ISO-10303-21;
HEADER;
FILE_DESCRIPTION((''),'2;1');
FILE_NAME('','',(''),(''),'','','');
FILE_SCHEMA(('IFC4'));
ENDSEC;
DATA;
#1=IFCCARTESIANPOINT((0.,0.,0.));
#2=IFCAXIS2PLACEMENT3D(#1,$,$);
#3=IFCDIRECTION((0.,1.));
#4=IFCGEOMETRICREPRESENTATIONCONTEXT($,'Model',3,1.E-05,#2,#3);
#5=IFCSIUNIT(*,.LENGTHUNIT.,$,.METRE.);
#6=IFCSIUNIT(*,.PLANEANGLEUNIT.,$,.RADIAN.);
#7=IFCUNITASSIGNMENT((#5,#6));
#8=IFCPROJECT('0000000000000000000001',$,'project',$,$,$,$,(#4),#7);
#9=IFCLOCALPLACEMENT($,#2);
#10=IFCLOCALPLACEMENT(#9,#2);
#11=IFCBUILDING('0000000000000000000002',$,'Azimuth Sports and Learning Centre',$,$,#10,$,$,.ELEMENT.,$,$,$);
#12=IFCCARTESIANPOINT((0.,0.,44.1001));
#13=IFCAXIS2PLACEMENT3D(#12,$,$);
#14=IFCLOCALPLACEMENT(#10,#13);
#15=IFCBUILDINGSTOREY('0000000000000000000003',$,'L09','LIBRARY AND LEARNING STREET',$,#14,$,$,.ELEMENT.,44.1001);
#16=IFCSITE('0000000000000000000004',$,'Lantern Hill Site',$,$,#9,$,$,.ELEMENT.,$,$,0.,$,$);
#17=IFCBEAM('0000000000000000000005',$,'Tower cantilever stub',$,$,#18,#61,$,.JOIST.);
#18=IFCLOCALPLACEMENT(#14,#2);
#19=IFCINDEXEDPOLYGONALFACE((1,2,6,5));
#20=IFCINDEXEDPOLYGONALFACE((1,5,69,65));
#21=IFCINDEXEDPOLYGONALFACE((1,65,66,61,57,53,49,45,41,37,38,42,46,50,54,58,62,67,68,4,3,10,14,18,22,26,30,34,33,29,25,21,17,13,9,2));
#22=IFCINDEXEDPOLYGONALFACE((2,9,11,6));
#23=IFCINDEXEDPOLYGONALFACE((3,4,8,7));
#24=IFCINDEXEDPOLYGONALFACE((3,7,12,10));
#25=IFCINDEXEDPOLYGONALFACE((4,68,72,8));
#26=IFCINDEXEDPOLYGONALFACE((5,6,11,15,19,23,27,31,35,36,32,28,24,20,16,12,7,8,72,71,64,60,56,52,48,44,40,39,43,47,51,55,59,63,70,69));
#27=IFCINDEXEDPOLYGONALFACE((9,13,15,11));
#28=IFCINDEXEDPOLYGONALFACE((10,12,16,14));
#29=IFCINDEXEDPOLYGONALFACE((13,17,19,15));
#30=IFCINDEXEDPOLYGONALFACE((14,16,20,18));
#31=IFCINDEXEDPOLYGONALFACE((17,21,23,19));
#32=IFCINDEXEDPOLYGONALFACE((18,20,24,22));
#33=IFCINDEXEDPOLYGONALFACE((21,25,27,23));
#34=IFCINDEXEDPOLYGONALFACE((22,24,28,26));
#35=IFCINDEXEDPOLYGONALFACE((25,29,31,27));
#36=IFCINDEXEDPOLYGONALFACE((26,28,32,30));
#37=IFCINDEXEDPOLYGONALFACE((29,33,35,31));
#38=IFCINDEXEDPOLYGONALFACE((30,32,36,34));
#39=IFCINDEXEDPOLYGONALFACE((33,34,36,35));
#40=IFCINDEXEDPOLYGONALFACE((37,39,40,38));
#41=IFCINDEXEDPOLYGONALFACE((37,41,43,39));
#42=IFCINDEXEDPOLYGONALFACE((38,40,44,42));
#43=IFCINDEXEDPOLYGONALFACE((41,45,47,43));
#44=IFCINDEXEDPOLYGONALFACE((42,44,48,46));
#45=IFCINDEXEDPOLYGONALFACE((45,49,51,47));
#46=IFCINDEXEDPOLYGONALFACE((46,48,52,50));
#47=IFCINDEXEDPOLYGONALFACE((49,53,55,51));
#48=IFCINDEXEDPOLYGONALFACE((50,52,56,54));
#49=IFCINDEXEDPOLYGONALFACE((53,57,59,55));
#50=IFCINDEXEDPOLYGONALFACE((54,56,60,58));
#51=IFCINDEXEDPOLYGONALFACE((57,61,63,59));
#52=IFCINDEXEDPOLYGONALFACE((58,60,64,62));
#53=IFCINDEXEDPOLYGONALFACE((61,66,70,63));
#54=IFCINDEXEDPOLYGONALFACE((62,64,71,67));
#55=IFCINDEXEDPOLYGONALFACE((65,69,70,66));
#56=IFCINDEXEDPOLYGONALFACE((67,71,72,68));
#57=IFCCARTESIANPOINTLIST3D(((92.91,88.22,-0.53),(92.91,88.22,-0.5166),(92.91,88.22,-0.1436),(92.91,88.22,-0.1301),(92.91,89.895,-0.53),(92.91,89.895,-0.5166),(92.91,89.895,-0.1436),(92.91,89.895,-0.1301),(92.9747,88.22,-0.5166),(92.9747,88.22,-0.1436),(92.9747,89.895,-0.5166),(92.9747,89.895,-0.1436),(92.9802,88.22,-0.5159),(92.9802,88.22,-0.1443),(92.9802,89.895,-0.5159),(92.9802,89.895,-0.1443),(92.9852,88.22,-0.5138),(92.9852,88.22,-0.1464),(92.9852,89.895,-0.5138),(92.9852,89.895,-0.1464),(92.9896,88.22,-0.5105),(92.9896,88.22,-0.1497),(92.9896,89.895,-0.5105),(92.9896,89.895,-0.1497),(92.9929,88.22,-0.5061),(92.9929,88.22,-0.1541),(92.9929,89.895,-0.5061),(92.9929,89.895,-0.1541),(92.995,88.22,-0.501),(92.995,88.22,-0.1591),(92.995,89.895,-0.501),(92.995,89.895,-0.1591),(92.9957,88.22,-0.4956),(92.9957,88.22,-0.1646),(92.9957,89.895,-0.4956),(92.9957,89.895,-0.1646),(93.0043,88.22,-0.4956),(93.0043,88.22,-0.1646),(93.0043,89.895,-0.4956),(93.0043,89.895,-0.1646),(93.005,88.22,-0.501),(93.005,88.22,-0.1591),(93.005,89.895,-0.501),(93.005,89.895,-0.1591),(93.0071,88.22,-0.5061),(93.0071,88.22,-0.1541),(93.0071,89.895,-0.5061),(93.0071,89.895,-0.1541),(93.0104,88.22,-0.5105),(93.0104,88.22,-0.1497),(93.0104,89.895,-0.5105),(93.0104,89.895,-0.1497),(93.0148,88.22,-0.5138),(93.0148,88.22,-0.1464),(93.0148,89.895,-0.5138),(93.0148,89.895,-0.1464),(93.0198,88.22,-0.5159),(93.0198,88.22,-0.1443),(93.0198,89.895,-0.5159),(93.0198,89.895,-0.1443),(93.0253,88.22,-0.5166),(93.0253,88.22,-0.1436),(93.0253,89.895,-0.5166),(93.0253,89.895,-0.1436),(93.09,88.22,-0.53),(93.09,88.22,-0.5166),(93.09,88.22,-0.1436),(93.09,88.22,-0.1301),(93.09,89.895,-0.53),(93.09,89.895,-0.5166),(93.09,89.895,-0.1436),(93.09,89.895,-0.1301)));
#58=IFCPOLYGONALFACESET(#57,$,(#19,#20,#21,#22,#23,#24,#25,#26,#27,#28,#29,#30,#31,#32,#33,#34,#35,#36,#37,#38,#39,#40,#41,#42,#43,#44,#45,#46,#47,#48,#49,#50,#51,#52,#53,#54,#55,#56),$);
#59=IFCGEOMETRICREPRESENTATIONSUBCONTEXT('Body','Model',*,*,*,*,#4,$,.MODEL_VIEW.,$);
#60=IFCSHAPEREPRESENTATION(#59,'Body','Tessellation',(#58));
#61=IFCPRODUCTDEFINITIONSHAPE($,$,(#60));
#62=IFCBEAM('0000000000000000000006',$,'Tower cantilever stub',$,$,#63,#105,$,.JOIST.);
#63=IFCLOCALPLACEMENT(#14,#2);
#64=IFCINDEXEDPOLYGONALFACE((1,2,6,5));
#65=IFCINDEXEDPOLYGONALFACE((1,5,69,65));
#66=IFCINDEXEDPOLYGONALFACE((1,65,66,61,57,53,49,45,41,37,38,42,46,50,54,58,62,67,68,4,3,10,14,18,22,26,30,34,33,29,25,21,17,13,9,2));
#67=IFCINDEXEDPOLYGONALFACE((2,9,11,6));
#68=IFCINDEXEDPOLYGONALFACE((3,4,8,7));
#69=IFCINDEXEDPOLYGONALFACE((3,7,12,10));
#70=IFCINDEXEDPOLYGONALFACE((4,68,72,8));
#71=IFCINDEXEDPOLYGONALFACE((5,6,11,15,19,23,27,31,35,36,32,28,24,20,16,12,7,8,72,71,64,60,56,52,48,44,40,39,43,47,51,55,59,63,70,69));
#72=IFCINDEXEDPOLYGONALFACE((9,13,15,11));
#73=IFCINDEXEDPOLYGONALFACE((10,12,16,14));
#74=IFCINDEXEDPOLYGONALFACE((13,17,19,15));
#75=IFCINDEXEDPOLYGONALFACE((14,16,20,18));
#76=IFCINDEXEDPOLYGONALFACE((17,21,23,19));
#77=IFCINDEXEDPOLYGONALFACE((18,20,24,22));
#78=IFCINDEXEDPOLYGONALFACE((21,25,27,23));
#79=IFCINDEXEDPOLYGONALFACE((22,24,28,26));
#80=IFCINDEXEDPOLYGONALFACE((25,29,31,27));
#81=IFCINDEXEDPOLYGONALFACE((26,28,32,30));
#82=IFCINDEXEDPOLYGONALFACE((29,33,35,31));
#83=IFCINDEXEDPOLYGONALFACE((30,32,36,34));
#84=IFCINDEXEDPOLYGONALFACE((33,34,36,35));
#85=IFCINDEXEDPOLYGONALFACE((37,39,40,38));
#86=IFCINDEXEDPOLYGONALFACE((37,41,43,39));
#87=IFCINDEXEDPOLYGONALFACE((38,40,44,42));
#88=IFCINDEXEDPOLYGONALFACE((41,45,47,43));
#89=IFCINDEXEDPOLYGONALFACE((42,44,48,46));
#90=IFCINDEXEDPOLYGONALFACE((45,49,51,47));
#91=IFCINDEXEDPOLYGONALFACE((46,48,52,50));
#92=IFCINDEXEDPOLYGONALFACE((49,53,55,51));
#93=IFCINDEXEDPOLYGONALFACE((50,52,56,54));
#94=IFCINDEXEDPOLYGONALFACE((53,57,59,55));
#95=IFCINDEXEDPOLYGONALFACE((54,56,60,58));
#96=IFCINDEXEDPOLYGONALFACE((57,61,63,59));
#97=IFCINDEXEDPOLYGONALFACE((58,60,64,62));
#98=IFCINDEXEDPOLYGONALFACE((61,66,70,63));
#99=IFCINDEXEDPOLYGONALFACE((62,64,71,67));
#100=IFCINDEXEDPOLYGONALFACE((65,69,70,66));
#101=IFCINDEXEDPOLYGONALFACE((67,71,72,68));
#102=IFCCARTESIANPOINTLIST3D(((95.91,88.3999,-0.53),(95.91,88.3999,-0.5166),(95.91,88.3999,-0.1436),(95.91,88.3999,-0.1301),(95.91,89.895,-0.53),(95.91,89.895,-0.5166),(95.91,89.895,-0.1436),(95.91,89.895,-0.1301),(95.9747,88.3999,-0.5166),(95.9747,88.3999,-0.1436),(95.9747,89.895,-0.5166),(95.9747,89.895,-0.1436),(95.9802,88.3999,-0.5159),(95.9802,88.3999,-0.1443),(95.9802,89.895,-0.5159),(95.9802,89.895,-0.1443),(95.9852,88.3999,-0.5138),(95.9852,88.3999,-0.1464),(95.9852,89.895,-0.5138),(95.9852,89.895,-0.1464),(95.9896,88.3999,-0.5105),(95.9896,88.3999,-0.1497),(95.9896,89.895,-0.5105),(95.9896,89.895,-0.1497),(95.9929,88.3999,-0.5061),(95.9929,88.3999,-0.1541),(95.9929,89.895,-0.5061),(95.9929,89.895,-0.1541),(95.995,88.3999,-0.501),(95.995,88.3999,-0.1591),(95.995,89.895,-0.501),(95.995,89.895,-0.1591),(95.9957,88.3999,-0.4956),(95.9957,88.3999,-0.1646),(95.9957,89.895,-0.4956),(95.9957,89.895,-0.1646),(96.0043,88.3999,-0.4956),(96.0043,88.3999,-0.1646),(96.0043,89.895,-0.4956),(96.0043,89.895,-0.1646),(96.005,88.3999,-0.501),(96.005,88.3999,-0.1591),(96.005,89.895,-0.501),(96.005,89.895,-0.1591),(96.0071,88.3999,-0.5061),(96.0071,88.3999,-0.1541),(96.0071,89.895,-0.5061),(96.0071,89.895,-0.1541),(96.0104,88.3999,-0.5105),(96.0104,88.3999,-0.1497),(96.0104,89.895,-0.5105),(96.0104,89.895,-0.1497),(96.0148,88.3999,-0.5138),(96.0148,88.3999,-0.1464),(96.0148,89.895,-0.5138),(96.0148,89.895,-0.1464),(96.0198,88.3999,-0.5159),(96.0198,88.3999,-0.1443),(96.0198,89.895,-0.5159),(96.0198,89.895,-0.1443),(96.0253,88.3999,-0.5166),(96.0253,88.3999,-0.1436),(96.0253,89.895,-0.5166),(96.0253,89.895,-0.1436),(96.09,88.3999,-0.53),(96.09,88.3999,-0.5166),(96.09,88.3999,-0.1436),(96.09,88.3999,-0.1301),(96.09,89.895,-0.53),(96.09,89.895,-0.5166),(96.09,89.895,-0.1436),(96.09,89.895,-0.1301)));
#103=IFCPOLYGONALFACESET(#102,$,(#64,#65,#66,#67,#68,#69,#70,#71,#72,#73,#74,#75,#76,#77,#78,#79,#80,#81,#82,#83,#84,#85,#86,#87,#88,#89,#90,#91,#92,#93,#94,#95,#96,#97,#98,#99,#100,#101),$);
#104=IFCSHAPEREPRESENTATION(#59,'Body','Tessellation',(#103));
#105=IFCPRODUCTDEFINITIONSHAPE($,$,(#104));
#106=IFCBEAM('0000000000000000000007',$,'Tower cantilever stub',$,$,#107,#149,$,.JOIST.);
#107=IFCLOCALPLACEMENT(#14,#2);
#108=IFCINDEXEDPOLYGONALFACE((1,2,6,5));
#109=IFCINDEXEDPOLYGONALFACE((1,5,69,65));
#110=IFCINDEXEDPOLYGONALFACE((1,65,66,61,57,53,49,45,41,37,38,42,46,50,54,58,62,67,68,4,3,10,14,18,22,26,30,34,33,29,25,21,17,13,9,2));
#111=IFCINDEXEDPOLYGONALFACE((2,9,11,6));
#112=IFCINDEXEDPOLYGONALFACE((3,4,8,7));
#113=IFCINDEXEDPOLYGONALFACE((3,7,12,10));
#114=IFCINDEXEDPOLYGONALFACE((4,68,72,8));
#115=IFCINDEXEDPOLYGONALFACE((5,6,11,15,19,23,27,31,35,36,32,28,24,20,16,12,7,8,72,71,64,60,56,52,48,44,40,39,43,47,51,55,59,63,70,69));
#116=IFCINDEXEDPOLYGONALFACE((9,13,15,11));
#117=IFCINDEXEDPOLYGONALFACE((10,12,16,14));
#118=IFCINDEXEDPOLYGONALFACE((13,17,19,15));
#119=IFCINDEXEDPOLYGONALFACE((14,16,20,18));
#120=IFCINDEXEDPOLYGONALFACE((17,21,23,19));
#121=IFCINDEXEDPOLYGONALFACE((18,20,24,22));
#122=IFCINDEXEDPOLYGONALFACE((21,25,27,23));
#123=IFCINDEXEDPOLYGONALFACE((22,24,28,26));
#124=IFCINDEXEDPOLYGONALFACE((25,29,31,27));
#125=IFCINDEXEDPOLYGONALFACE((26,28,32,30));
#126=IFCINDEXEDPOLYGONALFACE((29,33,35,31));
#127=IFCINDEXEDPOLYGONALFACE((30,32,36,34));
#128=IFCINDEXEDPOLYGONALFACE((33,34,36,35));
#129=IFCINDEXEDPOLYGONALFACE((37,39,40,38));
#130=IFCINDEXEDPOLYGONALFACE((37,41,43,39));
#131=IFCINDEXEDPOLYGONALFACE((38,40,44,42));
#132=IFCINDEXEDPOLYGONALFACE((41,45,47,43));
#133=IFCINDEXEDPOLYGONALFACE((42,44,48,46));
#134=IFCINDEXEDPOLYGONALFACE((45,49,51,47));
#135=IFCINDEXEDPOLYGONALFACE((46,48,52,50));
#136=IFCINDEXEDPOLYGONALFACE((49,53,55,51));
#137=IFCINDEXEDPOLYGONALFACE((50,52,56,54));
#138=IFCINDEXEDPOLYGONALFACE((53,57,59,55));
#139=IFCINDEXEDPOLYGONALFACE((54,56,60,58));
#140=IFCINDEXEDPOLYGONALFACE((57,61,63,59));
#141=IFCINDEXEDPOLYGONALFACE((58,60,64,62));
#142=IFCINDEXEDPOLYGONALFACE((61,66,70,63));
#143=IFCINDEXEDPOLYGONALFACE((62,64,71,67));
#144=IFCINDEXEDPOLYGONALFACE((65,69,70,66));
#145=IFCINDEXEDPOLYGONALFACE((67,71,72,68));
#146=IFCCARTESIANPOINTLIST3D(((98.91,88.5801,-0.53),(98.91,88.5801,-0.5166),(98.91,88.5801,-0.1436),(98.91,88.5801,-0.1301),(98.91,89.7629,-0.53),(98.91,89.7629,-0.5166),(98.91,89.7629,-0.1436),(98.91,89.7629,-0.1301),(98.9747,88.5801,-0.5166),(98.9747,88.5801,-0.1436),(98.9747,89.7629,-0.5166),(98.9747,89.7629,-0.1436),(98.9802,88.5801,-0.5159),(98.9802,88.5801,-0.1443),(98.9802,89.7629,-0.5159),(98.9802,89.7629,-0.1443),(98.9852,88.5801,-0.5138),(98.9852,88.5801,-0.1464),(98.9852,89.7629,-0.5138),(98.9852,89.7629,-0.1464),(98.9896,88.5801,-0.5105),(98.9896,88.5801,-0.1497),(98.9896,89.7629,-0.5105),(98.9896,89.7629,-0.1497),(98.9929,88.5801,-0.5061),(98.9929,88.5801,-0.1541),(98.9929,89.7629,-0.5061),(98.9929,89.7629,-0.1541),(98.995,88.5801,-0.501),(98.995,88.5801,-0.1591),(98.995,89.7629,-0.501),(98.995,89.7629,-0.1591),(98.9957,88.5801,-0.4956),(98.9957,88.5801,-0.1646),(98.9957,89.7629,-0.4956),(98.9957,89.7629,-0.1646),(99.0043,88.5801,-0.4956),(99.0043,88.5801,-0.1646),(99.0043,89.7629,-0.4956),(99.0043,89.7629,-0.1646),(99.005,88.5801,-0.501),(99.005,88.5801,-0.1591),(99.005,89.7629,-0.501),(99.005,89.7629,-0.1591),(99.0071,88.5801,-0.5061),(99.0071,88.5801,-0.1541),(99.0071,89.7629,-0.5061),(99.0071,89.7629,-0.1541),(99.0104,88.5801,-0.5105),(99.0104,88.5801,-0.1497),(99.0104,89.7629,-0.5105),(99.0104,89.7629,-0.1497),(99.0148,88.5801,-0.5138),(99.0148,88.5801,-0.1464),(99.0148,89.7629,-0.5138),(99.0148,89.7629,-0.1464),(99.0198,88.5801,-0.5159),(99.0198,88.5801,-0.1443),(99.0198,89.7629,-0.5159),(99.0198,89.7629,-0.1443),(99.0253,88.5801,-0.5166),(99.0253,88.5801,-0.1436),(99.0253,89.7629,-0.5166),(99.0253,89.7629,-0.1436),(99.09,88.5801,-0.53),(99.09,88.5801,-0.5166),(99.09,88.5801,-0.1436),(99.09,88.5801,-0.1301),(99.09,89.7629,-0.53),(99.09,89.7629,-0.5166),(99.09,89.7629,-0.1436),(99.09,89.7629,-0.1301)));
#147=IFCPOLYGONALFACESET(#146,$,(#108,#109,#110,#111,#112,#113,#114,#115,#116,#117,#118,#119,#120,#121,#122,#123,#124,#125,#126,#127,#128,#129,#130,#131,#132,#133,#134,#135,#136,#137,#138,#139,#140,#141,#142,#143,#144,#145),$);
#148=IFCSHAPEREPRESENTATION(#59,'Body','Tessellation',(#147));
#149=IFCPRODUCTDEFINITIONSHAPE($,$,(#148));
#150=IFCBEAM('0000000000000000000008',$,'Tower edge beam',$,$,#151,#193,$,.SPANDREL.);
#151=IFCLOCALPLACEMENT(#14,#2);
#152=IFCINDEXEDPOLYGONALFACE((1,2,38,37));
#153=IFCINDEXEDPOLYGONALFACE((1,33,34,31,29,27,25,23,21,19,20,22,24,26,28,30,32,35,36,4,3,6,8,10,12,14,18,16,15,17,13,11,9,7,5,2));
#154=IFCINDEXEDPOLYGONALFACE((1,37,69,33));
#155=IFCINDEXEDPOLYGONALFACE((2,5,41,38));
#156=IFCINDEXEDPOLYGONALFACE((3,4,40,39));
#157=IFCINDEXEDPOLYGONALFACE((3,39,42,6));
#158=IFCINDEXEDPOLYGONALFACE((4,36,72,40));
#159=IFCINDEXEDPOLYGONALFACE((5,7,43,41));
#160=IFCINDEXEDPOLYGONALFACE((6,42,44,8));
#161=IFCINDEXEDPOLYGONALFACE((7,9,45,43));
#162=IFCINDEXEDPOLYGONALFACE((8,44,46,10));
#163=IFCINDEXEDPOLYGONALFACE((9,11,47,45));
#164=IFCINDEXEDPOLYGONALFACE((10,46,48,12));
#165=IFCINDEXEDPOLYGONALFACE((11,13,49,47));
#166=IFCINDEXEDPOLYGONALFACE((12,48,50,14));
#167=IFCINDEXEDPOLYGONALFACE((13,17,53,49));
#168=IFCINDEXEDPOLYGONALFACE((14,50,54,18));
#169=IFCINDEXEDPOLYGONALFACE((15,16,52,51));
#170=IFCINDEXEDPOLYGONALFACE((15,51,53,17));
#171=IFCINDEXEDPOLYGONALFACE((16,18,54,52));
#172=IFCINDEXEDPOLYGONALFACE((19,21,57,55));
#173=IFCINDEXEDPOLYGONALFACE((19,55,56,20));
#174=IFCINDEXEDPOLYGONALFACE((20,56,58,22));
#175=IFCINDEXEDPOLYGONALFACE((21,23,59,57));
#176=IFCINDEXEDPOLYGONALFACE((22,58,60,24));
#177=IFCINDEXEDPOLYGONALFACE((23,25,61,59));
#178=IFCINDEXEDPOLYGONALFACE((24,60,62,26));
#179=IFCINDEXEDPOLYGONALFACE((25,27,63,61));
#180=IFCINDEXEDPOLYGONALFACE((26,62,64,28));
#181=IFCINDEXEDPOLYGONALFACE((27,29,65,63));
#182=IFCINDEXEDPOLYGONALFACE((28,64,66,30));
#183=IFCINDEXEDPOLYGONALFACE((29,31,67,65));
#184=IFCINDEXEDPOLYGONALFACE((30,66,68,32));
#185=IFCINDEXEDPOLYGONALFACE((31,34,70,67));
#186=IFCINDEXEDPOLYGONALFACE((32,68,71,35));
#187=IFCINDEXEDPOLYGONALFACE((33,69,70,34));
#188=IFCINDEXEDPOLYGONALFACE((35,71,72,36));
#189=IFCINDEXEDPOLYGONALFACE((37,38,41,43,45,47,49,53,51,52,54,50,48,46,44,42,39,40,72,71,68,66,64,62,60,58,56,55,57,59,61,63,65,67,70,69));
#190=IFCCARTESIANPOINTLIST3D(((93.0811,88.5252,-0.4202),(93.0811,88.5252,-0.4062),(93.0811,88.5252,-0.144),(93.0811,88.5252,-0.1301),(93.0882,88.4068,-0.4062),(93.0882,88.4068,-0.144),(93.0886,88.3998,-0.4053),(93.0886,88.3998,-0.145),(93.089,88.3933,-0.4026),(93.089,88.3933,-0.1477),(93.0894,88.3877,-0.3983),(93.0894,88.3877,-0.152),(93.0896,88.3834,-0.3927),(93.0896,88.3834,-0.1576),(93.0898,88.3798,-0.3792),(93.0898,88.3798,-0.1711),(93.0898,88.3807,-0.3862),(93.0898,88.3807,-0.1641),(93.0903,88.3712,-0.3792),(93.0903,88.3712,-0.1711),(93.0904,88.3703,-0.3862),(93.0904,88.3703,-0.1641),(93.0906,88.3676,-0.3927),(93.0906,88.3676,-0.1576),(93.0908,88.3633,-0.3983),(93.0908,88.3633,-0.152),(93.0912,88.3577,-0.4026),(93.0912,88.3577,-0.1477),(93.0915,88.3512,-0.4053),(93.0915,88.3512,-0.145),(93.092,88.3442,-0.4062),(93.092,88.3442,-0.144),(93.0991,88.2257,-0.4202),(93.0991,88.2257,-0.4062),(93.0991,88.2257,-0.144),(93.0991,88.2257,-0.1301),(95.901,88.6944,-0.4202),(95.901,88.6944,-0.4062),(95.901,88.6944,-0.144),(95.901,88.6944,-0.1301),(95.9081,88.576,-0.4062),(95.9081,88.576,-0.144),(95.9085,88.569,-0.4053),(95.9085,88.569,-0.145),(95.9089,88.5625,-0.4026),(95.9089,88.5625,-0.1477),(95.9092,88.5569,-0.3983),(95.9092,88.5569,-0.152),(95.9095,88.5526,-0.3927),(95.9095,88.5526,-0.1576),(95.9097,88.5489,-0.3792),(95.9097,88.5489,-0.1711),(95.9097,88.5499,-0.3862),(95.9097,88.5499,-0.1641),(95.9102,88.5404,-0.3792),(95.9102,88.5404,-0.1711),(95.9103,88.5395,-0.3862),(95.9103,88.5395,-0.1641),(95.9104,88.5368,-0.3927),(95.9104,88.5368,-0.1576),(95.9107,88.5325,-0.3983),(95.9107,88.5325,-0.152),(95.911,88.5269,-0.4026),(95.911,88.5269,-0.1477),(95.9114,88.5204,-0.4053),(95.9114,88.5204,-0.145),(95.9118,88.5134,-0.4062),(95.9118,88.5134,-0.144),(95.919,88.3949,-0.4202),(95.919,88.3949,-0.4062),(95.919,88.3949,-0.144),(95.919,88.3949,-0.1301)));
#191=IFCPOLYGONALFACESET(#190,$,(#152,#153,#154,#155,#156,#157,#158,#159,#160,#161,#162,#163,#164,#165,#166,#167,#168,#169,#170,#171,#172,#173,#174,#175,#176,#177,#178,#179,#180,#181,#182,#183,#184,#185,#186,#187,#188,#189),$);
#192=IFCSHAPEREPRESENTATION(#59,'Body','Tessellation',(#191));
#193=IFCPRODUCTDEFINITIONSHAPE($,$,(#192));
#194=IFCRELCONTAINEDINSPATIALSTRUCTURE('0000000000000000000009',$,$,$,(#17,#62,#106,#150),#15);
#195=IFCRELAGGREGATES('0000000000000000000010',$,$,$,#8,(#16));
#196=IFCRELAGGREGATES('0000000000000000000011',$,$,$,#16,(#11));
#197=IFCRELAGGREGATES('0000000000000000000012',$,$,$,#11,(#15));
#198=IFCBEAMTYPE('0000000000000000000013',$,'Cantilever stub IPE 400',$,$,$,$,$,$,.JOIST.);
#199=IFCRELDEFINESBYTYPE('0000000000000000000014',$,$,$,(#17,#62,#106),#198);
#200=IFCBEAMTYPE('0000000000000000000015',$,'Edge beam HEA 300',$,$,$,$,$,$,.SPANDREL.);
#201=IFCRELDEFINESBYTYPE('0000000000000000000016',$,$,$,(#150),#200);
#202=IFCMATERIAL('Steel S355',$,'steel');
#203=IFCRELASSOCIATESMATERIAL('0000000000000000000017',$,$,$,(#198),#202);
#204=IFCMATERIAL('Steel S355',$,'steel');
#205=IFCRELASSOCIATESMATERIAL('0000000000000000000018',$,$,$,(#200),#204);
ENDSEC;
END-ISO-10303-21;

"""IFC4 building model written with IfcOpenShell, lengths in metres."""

from ifc_helpers import new_model, si_unit, direction, frame, origin, origin_2d, place, context, subcontext, project, spatial, i_section, extrude, material, material_profile, profile_set, type_object, element, save


model = new_model("IFC4")

# Units and contexts
model_context = context("Model", 3, precision=1e-05, world=origin(), true_north=direction((0.0, 1.0)))
body_context = subcontext(model_context, "Body", "Model", "MODEL_VIEW")
ifc_project = project(units=[si_unit("LENGTHUNIT", "METRE"), si_unit("PLANEANGLEUNIT", "RADIAN")], contexts=[model_context])

# Site, building, storey
site_placement = place(None, origin())
site = spatial("IfcSite", under=ifc_project, at=site_placement, Name="Lantern Hill Site", CompositionType="ELEMENT", RefElevation=0.0)
building_placement = place(site_placement, origin())
building = spatial("IfcBuilding", under=site, at=building_placement, Name="Azimuth Sports and Learning Centre", CompositionType="ELEMENT")
storey_placement = place(building_placement, frame((0.0, 0.0, 44.1001)))
storey = spatial("IfcBuildingStorey", under=building, at=storey_placement, Name="L09", Description="LIBRARY AND LEARNING STREET", CompositionType="ELEMENT", Elevation=44.1001)

# Beams
ifc_material_1 = material(Name="Steel S355", Category="steel")
ifc_material_profile_1 = material_profile(ifc_material_1, i_section(OverallWidth=0.1799, OverallDepth=0.3999, WebThickness=0.0085, FlangeThickness=0.0134, FilletRadius=0.021, at=origin_2d()), Name="IPE 400")
ifc_profile_set_1 = profile_set([ifc_material_profile_1], Name="Steel S355")
beam_type_1 = type_object("IfcBeamType", Name="Cantilever stub IPE 400", PredefinedType="JOIST", material=ifc_profile_set_1)
beam_1_placement = place(storey_placement, frame((93.0, 89.895, -0.3301), z_axis=(0.0, -1.0, 0.0), x_axis=(1.0, 0.0, 0.0)))
element("IfcBeam", 1, at=beam_1_placement, inside=storey, type_object=beam_type_1, Name="Tower cantilever stub", PredefinedType="JOIST", context=body_context, shape_type="SweptSolid", body=[
    extrude(i_section(OverallWidth=0.1799, OverallDepth=0.3999, WebThickness=0.0085, FlangeThickness=0.0134, FilletRadius=0.021, at=origin_2d()), origin(), (0.0, 0.0, 1.0), 1.675),
])
beam_2_placement = place(storey_placement, frame((96.0, 89.895, -0.3301), z_axis=(0.0, -1.0, 0.0), x_axis=(1.0, 0.0, 0.0)))
element("IfcBeam", 2, at=beam_2_placement, inside=storey, type_object=beam_type_1, Name="Tower cantilever stub", PredefinedType="JOIST", context=body_context, shape_type="SweptSolid", body=[
    extrude(i_section(OverallWidth=0.1799, OverallDepth=0.3999, WebThickness=0.0085, FlangeThickness=0.0134, FilletRadius=0.021, at=origin_2d()), origin(), (0.0, 0.0, 1.0), 1.4951),
])
beam_3_placement = place(storey_placement, frame((99.0, 89.7629, -0.3301), z_axis=(0.0, -1.0, 0.0), x_axis=(1.0, 0.0, 0.0)))
element("IfcBeam", 3, at=beam_3_placement, inside=storey, type_object=beam_type_1, Name="Tower cantilever stub", PredefinedType="JOIST", context=body_context, shape_type="SweptSolid", body=[
    extrude(i_section(OverallWidth=0.1799, OverallDepth=0.3999, WebThickness=0.0085, FlangeThickness=0.0134, FilletRadius=0.021, at=origin_2d()), origin(), (0.0, 0.0, 1.0), 1.1829),
])
ifc_material_2 = material(Name="Steel S355", Category="steel")
ifc_material_profile_2 = material_profile(ifc_material_2, i_section(OverallWidth=0.3, OverallDepth=0.29, WebThickness=0.0085, FlangeThickness=0.0139, FilletRadius=0.0271, at=origin_2d()), Name="HEA 300")
ifc_profile_set_2 = profile_set([ifc_material_profile_2], Name="Steel S355")
beam_type_2 = type_object("IfcBeamType", Name="Edge beam HEA 300", PredefinedType="SPANDREL", material=ifc_profile_set_2)
for number, where, z_axis, x_axis, name in (
    (4, (93.0901, 88.3755, -0.2751), (0.998205, 0.059892, 0.0), (-0.059892, 0.998205, 0.0), "Tower edge beam"),
):
    element("IfcBeam", number, at=place(storey_placement, frame(where, z_axis=z_axis, x_axis=x_axis)), inside=storey, type_object=beam_type_2, Name=name, PredefinedType="SPANDREL", context=body_context, shape_type="SweptSolid", body=[
        extrude(i_section(OverallWidth=0.3, OverallDepth=0.29, WebThickness=0.0085, FlangeThickness=0.0139, FilletRadius=0.0271, at=origin_2d()), origin(), (0.0, 0.0, 1.0), 2.825),
    ])

save(model, "model.ifc")
